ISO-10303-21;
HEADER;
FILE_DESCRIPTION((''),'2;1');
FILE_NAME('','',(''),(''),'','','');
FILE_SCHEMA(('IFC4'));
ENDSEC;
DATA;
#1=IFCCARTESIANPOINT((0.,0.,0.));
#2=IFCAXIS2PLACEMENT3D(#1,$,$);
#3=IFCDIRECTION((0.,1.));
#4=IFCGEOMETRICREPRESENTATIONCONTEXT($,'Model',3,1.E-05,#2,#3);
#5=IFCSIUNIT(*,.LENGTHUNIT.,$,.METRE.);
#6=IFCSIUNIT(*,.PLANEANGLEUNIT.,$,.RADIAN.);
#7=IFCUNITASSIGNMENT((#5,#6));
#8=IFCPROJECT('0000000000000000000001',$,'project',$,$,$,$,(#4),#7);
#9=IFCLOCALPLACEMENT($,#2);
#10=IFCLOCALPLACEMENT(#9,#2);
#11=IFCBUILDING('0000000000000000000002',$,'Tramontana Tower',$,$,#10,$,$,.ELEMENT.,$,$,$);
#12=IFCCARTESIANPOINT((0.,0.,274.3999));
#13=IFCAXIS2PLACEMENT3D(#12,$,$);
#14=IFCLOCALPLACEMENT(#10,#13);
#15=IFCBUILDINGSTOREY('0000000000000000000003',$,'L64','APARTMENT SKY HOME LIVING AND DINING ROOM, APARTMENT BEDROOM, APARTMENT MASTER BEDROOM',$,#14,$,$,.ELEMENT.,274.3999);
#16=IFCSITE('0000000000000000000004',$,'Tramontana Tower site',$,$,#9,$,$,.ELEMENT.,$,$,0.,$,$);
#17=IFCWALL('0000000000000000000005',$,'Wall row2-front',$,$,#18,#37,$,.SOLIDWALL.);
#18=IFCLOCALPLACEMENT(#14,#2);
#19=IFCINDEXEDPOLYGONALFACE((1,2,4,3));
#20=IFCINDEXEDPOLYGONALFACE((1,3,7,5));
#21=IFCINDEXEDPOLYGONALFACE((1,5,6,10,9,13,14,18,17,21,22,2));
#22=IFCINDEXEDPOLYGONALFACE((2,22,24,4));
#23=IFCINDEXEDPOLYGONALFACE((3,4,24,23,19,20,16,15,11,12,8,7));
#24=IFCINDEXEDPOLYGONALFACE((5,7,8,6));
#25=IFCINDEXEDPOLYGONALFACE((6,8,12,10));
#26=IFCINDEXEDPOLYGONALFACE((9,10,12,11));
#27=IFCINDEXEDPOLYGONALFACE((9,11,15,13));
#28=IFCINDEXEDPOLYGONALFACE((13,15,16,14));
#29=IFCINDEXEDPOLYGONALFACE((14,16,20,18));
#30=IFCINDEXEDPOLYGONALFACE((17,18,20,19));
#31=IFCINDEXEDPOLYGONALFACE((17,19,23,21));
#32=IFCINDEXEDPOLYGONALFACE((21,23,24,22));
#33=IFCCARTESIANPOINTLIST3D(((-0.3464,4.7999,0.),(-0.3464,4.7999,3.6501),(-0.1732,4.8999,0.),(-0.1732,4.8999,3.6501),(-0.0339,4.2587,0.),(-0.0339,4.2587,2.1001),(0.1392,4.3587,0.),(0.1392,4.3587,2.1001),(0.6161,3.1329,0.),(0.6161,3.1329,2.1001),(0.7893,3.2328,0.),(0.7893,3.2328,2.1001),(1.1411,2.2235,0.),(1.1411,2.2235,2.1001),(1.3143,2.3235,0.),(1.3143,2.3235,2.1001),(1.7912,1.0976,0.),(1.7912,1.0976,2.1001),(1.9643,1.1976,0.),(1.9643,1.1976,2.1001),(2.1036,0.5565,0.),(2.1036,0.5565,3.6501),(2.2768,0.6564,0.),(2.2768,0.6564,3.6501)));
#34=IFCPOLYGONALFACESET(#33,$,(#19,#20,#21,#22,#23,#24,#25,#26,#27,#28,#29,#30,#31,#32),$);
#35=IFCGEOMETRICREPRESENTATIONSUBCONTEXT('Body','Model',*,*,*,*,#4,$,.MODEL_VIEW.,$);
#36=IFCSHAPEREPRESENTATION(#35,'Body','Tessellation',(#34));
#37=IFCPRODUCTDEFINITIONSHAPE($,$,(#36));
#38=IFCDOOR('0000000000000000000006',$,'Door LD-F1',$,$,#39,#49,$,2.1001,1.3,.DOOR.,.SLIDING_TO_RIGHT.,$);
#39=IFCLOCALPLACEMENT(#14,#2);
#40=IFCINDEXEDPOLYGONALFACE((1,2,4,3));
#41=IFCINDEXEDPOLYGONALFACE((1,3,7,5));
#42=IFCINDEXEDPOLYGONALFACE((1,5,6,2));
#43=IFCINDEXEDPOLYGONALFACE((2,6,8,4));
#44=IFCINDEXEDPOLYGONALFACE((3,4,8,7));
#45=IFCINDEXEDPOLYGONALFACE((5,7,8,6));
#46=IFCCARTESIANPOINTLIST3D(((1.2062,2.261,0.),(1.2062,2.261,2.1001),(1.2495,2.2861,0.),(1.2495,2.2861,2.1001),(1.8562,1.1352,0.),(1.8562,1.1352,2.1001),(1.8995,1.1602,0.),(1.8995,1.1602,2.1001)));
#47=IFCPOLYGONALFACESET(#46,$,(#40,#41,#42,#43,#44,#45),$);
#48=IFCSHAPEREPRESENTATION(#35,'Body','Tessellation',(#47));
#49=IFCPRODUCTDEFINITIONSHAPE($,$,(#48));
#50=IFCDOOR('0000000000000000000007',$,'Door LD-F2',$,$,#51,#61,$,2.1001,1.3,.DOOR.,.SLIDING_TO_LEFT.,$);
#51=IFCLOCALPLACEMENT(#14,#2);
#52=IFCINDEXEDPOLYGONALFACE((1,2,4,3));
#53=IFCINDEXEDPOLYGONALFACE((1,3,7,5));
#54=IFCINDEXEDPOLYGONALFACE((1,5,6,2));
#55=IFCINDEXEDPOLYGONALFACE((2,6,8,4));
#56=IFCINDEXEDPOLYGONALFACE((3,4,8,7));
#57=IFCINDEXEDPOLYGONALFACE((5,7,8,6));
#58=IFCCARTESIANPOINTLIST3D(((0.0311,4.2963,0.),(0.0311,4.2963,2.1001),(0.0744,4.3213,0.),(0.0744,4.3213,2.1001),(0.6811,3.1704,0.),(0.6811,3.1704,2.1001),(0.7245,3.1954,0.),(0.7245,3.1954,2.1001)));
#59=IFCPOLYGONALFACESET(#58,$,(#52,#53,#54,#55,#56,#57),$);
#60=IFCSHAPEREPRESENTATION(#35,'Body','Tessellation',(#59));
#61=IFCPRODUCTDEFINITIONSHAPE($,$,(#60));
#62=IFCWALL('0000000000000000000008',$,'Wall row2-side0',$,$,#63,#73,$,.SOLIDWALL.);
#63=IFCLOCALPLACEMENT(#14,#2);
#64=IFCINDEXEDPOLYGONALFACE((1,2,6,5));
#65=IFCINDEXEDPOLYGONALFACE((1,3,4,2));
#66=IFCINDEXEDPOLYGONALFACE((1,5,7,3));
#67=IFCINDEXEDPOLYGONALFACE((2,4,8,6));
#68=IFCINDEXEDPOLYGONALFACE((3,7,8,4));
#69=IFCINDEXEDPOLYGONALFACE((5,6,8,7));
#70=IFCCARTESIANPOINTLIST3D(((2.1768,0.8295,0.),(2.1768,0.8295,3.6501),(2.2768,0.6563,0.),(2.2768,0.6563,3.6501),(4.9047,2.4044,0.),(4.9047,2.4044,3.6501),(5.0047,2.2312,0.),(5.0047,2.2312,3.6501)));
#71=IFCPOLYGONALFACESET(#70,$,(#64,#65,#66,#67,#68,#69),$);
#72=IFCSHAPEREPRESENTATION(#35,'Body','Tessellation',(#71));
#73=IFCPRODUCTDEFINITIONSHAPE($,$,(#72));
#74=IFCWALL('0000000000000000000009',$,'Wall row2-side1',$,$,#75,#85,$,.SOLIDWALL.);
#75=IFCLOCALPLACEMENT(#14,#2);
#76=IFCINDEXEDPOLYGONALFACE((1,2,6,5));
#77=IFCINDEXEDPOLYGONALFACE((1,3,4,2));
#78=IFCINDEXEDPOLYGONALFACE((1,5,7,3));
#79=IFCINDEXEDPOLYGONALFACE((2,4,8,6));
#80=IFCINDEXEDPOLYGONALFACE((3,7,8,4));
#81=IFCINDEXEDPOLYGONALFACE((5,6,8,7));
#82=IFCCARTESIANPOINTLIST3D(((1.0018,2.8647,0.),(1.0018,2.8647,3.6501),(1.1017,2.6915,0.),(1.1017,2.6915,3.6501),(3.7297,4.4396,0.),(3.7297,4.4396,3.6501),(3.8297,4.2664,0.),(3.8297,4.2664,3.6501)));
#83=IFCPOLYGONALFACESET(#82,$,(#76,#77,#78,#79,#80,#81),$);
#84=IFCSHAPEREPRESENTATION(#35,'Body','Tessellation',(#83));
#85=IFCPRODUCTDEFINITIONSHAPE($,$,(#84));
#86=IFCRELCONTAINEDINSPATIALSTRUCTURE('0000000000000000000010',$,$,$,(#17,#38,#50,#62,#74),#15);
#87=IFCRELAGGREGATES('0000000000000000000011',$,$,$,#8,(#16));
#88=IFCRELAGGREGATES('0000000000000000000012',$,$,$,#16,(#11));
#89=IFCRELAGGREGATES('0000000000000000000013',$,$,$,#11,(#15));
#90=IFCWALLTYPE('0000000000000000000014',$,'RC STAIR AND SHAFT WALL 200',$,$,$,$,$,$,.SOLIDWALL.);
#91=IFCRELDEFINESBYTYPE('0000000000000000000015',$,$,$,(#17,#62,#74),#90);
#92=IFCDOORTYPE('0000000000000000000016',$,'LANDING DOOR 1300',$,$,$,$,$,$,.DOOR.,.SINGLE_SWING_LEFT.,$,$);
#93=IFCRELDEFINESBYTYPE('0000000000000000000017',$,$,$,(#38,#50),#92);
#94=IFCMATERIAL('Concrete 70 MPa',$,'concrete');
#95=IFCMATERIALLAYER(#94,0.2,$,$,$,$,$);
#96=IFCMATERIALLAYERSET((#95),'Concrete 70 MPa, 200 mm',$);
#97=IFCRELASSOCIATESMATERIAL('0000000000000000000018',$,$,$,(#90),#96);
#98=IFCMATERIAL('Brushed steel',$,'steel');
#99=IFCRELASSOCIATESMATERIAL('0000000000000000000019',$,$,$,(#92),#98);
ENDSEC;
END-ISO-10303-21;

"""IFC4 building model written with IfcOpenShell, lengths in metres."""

from ifc_helpers import new_model, si_unit, direction, frame, frame_2d, origin, place, context, subcontext, project, spatial, rectangle, extrude, material, layer, layer_set, type_object, element, fill, save


model = new_model("IFC4")

# Units and contexts
model_context = context("Model", 3, precision=1e-05, world=origin(), true_north=direction((0.0, 1.0)))
body_context = subcontext(model_context, "Body", "Model", "MODEL_VIEW")
ifc_project = project(units=[si_unit("LENGTHUNIT", "METRE"), si_unit("PLANEANGLEUNIT", "RADIAN")], contexts=[model_context])

# Site, building, storey
site_placement = place(None, origin())
site = spatial("IfcSite", under=ifc_project, at=site_placement, Name="Tramontana Tower site", CompositionType="ELEMENT", RefElevation=0.0)
building_placement = place(site_placement, origin())
building = spatial("IfcBuilding", under=site, at=building_placement, Name="Tramontana Tower", CompositionType="ELEMENT")
storey_placement = place(building_placement, frame((0.0, 0.0, 274.3999)))
storey = spatial("IfcBuildingStorey", under=building, at=storey_placement, Name="L64", Description="APARTMENT SKY HOME LIVING AND DINING ROOM, APARTMENT BEDROOM, APARTMENT MASTER BEDROOM", CompositionType="ELEMENT", Elevation=274.3999)

# Shared definitions
ifc_material_1 = material(Name="Concrete 70 MPa", Category="concrete")
ifc_layer_1 = layer(ifc_material_1, 0.2)
ifc_layer_set_1 = layer_set([ifc_layer_1], Name="Concrete 70 MPa, 200 mm")
wall_type_1 = type_object("IfcWallType", Name="RC STAIR AND SHAFT WALL 200", PredefinedType="SOLIDWALL", material=ifc_layer_set_1)

# Wall, openings, doors
wall_1_placement = place(storey_placement, frame((2.1902, 0.6064, 0.0), z_axis=(0.0, 0.0, 1.0), x_axis=(-0.500003, 0.866024, 0.0)))
wall_1 = element("IfcWall", 1, at=wall_1_placement, inside=storey, type_object=wall_type_1, Name="Wall row2-front", PredefinedType="SOLIDWALL", context=body_context, shape_type="SweptSolid", body=[
    extrude(rectangle(XDim=4.8999, YDim=0.2, at=frame_2d((2.45, 0.0))), origin(), (0.0, 0.0, 1.0), 3.6501),
])
opening_1_placement = place(wall_1_placement, frame((0.625, 0.0, 0.0)))
opening_1 = element("IfcOpeningElement", 2, at=opening_1_placement, cuts=wall_1, PredefinedType="OPENING", context=body_context, shape_type="SweptSolid", body=[
    extrude(rectangle(XDim=1.3, YDim=2.1001, at=frame_2d((0.6499, 1.05))), frame((0.0, 0.1099, 0.0), z_axis=(0.0, -1.0, 0.0), x_axis=(1.0, 0.0, 0.0)), (0.0, 0.0, 1.0), 0.22),
])
opening_2_placement = place(wall_1_placement, frame((2.9751, 0.0, 0.0)))
opening_2 = element("IfcOpeningElement", 3, at=opening_2_placement, cuts=wall_1, PredefinedType="OPENING", context=body_context, shape_type="SweptSolid", body=[
    extrude(rectangle(XDim=1.3, YDim=2.1001, at=frame_2d((0.6499, 1.05))), frame((0.0, 0.1099, 0.0), z_axis=(0.0, -1.0, 0.0), x_axis=(1.0, 0.0, 0.0)), (0.0, 0.0, 1.0), 0.22),
])
ifc_material_2 = material(Name="Brushed steel", Category="steel")
door_type_1 = type_object("IfcDoorType", Name="LANDING DOOR 1300", OperationType="SINGLE_SWING_LEFT", PredefinedType="DOOR", material=ifc_material_2)
door_1_placement = place(opening_1_placement, origin())
door_1 = element("IfcDoor", 4, at=door_1_placement, inside=storey, type_object=door_type_1, Name="Door LD-F1", OperationType="SLIDING_TO_RIGHT", OverallHeight=2.1001, OverallWidth=1.3, PredefinedType="DOOR", context=body_context, shape_type="SweptSolid", body=[
    extrude(rectangle(XDim=1.3, YDim=2.1001, at=frame_2d((0.6499, 1.05))), frame((0.0, 0.0249, 0.0), z_axis=(0.0, -1.0, 0.0), x_axis=(1.0, 0.0, 0.0)), (0.0, 0.0, 1.0), 0.05),
])
fill(opening_1, door_1)
door_2_placement = place(opening_2_placement, origin())
door_2 = element("IfcDoor", 5, at=door_2_placement, inside=storey, type_object=door_type_1, Name="Door LD-F2", OperationType="SLIDING_TO_LEFT", OverallHeight=2.1001, OverallWidth=1.3, PredefinedType="DOOR", context=body_context, shape_type="SweptSolid", body=[
    extrude(rectangle(XDim=1.3, YDim=2.1001, at=frame_2d((0.6499, 1.05))), frame((0.0, 0.0249, 0.0), z_axis=(0.0, -1.0, 0.0), x_axis=(1.0, 0.0, 0.0)), (0.0, 0.0, 1.0), 0.05),
])
fill(opening_2, door_2)

# Walls
for number, where, z_axis, x_axis, name in (
    (6, (2.2268, 0.7429, 0.0), (0.0, 0.0, 1.0), (0.866036, 0.499982, 0.0), "Wall row2-side0"),
    (7, (1.0518, 2.7781, 0.0), (0.0, 0.0, 1.0), (0.866036, 0.499982, 0.0), "Wall row2-side1"),
):
    element("IfcWall", number, at=place(storey_placement, frame(where, z_axis=z_axis, x_axis=x_axis)), inside=storey, type_object=wall_type_1, Name=name, PredefinedType="SOLIDWALL", context=body_context, shape_type="SweptSolid", body=[
        extrude(rectangle(XDim=3.1499, YDim=0.2, at=frame_2d((1.575, 0.0))), origin(), (0.0, 0.0, 1.0), 3.6501),
    ])

save(model, "model.ifc")
